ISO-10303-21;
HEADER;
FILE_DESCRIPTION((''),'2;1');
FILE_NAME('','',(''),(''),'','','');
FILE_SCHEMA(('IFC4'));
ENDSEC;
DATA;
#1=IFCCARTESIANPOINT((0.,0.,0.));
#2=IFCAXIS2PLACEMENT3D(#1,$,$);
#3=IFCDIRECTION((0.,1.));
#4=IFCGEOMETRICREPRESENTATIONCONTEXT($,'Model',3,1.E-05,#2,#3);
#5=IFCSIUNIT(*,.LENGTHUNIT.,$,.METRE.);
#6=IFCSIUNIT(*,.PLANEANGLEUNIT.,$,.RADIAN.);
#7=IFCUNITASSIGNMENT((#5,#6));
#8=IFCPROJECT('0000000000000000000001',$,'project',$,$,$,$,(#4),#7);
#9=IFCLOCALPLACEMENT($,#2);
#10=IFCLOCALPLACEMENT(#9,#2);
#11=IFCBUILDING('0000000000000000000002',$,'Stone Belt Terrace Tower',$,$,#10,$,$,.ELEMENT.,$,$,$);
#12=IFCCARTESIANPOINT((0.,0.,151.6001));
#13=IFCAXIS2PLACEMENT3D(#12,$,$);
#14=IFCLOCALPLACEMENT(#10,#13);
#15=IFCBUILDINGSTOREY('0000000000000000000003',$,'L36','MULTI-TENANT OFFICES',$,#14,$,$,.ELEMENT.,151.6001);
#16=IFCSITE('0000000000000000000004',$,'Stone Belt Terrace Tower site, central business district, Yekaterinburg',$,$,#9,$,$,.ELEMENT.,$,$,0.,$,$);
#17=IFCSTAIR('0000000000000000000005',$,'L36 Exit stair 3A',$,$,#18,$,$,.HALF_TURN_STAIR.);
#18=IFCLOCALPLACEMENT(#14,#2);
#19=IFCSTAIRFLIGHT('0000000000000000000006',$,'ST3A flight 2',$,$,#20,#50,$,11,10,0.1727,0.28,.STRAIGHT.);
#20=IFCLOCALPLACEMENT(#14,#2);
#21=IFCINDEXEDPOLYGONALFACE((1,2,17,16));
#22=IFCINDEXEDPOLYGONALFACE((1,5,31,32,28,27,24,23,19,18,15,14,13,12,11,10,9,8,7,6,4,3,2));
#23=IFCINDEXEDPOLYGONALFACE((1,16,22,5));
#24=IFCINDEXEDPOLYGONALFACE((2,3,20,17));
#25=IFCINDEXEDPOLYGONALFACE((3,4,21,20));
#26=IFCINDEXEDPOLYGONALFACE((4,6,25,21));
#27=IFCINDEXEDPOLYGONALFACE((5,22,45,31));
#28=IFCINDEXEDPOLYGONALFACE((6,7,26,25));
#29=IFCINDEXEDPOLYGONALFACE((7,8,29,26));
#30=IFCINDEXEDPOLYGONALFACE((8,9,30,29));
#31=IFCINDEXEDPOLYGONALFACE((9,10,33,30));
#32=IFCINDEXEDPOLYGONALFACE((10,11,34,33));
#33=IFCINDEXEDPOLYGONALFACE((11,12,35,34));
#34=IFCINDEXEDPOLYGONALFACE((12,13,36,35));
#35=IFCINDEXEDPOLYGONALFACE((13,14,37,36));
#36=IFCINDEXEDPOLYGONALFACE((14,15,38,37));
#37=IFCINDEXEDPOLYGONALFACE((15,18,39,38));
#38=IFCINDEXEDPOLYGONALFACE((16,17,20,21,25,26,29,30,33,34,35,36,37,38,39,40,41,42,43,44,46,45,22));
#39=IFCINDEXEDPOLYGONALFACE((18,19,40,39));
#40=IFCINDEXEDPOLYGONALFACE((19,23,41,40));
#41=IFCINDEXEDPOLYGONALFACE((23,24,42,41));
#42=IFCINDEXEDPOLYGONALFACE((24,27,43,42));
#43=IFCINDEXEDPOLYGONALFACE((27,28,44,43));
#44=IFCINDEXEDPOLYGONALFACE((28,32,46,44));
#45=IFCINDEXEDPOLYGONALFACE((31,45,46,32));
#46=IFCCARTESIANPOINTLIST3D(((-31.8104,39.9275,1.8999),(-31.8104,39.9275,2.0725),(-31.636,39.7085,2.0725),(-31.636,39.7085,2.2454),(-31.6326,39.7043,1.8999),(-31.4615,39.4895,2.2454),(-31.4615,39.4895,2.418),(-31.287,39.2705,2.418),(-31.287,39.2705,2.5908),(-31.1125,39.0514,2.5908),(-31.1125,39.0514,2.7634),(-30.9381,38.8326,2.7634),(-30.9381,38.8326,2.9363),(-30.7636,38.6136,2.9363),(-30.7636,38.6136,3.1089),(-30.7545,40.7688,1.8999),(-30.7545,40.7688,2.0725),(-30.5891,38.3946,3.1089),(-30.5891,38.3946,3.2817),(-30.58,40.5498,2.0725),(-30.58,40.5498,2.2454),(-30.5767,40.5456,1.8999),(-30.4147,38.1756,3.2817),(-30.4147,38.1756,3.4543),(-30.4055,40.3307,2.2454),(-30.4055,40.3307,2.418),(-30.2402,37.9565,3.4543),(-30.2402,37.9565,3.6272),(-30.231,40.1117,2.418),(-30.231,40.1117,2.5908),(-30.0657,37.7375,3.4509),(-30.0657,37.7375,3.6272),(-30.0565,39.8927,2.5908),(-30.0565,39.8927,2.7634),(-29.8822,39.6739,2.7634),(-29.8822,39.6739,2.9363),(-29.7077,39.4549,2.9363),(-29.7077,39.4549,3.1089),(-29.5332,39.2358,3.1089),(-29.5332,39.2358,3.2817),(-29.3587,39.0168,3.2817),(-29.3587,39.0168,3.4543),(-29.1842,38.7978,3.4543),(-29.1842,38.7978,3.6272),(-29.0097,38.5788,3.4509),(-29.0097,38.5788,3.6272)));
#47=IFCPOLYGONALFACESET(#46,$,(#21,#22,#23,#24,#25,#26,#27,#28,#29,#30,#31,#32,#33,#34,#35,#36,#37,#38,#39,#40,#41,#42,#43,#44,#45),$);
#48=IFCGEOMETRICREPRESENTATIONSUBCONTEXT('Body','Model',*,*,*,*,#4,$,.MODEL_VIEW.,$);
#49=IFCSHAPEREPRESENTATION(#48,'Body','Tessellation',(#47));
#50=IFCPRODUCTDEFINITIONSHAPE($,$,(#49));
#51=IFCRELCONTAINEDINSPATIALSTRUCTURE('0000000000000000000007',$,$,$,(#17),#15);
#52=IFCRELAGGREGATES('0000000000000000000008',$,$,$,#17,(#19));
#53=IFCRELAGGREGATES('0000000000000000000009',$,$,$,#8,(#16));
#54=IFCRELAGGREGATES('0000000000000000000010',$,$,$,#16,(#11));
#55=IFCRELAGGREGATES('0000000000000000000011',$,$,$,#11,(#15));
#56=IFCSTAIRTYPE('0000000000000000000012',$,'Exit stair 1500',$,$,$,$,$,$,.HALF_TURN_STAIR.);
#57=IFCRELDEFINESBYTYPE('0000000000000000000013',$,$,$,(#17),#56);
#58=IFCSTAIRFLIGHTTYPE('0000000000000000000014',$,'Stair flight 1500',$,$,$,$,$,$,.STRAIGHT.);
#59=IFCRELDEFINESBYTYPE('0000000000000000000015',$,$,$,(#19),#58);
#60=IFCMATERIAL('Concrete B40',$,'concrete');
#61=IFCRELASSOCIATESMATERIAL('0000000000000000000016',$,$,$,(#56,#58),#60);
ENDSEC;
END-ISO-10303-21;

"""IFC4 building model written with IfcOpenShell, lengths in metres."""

from ifc_helpers import new_model, si_unit, direction, frame, origin, place, context, subcontext, project, spatial, polyline, outline, extrude, material, type_object, element, aggregate, save


model = new_model("IFC4")

# Units and contexts
model_context = context("Model", 3, precision=1e-05, world=origin(), true_north=direction((0.0, 1.0)))
body_context = subcontext(model_context, "Body", "Model", "MODEL_VIEW")
ifc_project = project(units=[si_unit("LENGTHUNIT", "METRE"), si_unit("PLANEANGLEUNIT", "RADIAN")], contexts=[model_context])

# Site, building, storey
site_placement = place(None, origin())
site = spatial("IfcSite", under=ifc_project, at=site_placement, Name="Stone Belt Terrace Tower site, central business district, Yekaterinburg", CompositionType="ELEMENT", RefElevation=0.0)
building_placement = place(site_placement, origin())
building = spatial("IfcBuilding", under=site, at=building_placement, Name="Stone Belt Terrace Tower", CompositionType="ELEMENT")
storey_placement = place(building_placement, frame((0.0, 0.0, 151.6001)))
storey = spatial("IfcBuildingStorey", under=building, at=storey_placement, Name="L36", Description="MULTI-TENANT OFFICES", CompositionType="ELEMENT", Elevation=151.6001)

# Stair, stair flight
ifc_material_1 = material(Name="Concrete B40", Category="concrete")
stair_type = type_object("IfcStairType", Name="Exit stair 1500", PredefinedType="HALF_TURN_STAIR", material=ifc_material_1)
stair_placement = place(storey_placement, origin())
stair = element("IfcStair", 1, at=stair_placement, inside=storey, type_object=stair_type, Name="L36 Exit stair 3A", PredefinedType="HALF_TURN_STAIR")
stair_flight_type = type_object("IfcStairFlightType", Name="Stair flight 1500", PredefinedType="STRAIGHT", material=ifc_material_1)
stair_flight_placement = place(storey_placement, frame((-31.2825, 40.3481, 1.8999), z_axis=(0.0, 0.0, 1.0), x_axis=(0.623121, -0.782125, 0.0)))
stair_flight = element("IfcStairFlight", 2, at=stair_flight_placement, type_object=stair_flight_type, Name="ST3A flight 2", NumberOfRisers=11, NumberOfTreads=10, PredefinedType="STRAIGHT", RiserHeight=0.1727, TreadLength=0.28, context=body_context, shape_type="SweptSolid", body=[
    extrude(outline(polyline([(0.0, 0.0), (0.0, 0.1726), (0.28, 0.1726), (0.28, 0.3455), (0.5601, 0.3455), (0.5601, 0.5181), (0.8401, 0.5181), (0.8401, 0.6909), (1.1201, 0.6909), (1.1201, 0.8635), (1.3999, 0.8635), (1.3999, 1.0364), (1.6799, 1.0364), (1.6799, 1.209), (1.96, 1.209), (1.96, 1.3818), (2.24, 1.3818), (2.24, 1.5544), (2.52, 1.5544), (2.52, 1.7273), (2.8, 1.7273), (2.8, 1.8999), (2.8, 1.551), (0.2854, 0.0), (0.0, 0.0)])), frame((0.0, 0.675, 0.0), z_axis=(0.0, -1.0, 0.0), x_axis=(1.0, 0.0, 0.0)), (0.0, 0.0, 1.0), 1.3501),
])
aggregate(stair, [stair_flight])

save(model, "model.ifc")
